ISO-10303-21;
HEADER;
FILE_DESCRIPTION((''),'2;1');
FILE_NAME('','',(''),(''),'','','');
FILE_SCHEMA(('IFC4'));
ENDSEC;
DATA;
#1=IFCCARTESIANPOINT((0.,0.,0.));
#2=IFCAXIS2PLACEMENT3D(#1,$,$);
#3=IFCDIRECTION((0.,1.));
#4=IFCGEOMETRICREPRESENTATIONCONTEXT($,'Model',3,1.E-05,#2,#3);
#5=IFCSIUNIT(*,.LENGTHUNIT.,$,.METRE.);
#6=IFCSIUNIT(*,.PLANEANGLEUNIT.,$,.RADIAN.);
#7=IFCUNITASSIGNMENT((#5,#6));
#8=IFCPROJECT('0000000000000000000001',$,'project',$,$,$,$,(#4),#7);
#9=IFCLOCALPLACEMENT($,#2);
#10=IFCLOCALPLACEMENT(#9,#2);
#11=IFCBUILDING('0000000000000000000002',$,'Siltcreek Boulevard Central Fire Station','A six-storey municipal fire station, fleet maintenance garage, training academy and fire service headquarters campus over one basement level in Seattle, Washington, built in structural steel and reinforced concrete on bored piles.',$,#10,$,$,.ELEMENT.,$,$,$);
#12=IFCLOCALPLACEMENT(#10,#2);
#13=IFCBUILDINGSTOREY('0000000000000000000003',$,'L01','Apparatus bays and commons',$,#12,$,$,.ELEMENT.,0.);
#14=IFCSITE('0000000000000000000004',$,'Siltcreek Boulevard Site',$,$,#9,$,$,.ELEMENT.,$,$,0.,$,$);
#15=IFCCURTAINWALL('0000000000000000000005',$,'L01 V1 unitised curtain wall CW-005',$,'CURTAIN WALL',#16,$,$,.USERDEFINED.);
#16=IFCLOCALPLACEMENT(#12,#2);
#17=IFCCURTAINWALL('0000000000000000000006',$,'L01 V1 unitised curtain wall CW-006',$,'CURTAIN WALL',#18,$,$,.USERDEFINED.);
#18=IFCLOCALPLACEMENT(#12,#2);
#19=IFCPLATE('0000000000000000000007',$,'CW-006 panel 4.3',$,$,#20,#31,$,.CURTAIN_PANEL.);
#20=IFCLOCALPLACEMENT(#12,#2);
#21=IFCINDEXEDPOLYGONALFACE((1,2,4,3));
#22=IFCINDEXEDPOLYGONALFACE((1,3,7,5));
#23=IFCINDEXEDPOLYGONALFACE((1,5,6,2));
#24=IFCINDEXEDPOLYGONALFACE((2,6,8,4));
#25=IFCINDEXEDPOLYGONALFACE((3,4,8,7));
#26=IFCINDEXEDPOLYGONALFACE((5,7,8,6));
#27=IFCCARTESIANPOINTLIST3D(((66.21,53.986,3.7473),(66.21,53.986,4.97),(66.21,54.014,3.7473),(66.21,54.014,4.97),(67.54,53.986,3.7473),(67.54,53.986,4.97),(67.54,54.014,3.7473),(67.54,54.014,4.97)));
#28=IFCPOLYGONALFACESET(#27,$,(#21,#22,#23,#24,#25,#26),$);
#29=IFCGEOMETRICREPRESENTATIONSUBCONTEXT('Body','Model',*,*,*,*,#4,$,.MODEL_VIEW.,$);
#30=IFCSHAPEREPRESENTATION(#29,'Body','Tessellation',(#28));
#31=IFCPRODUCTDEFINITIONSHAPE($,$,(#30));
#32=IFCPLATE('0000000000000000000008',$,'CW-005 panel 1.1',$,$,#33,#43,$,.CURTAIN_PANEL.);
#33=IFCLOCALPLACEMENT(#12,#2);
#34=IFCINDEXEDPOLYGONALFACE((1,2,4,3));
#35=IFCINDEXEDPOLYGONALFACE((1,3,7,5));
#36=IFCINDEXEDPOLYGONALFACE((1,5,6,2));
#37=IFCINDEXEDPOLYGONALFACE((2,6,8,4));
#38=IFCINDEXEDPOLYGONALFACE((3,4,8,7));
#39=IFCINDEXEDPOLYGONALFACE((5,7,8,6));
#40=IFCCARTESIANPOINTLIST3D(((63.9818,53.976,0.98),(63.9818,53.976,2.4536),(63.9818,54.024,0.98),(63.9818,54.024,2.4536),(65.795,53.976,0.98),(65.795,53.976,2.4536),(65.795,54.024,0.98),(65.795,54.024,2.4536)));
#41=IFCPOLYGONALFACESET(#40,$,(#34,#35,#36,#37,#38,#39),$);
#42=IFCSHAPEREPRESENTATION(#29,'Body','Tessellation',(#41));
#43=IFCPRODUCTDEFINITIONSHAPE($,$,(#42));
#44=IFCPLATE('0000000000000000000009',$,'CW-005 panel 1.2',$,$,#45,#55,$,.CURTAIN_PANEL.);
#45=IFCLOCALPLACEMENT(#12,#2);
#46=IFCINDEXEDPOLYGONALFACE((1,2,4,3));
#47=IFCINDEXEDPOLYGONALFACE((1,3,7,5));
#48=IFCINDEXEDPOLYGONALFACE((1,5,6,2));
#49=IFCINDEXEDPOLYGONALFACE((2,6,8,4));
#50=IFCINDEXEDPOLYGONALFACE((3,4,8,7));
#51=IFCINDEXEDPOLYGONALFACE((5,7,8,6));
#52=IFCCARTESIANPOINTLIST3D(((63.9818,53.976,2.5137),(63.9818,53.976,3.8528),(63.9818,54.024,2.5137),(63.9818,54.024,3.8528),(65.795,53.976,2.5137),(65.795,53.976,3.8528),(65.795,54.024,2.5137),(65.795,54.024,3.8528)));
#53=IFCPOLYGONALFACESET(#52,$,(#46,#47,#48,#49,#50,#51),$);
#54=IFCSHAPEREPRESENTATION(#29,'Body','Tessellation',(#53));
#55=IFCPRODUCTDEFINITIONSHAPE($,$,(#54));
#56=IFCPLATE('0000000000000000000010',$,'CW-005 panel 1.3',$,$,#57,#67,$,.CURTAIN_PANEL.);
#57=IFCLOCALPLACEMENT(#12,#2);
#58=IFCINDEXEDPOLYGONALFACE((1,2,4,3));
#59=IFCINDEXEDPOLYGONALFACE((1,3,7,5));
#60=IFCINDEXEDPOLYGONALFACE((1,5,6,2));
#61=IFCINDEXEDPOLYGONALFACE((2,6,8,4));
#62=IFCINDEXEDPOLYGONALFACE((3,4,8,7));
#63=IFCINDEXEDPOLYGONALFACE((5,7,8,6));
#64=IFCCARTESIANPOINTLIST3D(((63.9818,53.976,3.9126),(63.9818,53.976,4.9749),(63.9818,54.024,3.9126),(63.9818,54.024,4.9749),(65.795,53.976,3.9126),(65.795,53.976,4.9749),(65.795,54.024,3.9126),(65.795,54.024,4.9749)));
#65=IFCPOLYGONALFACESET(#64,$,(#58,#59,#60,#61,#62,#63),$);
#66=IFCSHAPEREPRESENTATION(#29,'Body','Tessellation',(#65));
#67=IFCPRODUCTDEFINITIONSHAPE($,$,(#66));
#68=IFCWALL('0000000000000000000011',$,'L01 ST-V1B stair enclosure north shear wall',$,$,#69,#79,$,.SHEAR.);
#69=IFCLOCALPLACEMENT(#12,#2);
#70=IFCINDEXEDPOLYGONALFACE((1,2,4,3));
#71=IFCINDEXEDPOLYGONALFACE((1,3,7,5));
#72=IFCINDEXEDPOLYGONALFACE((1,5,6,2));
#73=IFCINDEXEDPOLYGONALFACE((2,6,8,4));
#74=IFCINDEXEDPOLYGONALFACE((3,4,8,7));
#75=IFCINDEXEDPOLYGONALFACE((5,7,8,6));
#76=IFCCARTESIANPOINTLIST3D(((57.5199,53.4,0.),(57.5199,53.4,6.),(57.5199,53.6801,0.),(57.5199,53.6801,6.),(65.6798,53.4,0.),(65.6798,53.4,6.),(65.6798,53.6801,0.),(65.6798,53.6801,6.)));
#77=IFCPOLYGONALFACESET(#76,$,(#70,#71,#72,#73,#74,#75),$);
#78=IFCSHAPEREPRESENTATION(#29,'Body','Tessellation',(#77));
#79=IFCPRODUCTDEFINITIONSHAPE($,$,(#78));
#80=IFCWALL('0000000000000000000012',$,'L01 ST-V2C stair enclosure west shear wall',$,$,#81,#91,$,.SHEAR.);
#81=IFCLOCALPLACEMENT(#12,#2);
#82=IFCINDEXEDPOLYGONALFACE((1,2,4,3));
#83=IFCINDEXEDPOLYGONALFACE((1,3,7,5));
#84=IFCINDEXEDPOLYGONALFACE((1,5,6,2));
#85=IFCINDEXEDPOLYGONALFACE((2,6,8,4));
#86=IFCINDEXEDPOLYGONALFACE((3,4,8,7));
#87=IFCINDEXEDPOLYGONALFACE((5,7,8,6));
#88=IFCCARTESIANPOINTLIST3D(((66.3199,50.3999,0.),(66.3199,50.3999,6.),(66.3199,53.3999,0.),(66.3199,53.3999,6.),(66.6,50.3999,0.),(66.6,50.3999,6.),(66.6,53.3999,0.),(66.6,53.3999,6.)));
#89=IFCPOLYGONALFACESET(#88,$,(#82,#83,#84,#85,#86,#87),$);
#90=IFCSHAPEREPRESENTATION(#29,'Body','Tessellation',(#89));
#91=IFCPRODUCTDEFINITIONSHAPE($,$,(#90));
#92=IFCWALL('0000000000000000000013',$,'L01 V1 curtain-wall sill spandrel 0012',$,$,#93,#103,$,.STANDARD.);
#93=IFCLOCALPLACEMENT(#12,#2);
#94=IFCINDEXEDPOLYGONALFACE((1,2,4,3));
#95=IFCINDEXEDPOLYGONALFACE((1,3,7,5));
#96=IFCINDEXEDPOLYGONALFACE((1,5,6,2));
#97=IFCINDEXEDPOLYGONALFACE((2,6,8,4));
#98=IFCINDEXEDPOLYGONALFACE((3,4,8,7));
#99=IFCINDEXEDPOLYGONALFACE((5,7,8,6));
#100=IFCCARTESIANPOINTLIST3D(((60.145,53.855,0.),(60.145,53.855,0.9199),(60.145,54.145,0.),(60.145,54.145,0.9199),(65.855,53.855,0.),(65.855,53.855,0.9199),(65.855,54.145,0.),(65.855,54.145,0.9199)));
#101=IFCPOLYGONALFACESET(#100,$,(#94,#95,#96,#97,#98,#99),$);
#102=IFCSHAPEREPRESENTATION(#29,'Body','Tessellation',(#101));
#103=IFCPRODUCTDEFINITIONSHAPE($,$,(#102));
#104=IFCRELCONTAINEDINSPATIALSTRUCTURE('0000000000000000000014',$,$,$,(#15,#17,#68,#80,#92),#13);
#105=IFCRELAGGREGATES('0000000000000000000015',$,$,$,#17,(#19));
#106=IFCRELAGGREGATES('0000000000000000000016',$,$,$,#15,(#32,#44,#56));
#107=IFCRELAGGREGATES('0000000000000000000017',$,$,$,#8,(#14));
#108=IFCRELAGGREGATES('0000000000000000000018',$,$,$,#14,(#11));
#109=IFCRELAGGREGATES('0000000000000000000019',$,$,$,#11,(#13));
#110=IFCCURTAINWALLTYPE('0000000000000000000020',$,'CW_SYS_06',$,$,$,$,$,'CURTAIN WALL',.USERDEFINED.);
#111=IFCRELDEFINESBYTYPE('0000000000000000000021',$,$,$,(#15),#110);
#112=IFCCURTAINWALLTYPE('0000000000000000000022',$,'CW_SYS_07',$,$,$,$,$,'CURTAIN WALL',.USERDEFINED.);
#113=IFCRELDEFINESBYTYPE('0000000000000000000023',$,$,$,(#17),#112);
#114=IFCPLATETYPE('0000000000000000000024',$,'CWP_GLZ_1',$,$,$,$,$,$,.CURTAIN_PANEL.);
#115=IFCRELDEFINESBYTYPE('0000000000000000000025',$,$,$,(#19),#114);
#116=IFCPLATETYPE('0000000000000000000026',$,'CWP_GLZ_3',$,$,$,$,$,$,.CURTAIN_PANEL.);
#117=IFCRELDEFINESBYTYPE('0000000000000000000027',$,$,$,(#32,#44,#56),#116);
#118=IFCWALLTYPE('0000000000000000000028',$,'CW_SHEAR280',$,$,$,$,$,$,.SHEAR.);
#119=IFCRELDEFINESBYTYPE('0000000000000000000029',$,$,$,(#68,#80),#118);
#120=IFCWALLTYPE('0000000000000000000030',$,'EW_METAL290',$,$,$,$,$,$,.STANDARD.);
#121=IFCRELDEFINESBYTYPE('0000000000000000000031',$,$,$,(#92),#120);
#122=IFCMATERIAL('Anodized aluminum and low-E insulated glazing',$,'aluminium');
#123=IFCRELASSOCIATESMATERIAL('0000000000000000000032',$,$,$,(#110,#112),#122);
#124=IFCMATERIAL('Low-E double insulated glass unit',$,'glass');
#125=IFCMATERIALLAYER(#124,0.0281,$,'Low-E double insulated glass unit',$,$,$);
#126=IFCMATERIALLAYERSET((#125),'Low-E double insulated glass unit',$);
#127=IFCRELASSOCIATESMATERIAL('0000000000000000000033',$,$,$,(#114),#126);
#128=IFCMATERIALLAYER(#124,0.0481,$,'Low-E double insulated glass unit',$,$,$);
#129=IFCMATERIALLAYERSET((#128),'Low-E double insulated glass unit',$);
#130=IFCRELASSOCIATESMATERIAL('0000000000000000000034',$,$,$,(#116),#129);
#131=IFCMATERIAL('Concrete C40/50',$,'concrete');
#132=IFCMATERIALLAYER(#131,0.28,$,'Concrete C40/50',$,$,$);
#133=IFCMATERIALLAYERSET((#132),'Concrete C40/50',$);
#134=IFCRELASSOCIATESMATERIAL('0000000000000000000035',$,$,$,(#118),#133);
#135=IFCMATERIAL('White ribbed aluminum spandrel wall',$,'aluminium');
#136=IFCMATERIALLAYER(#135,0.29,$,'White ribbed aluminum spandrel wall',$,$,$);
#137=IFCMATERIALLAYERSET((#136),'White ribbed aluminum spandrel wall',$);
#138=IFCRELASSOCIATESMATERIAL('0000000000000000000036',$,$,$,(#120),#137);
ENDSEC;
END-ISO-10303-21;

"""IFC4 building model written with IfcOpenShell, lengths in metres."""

from ifc_helpers import new_model, si_unit, direction, frame, frame_2d, origin, origin_2d, place, context, subcontext, project, spatial, rectangle, extrude, material, layer, layer_set, type_object, element, aggregate, save


model = new_model("IFC4")

# Units and contexts
model_context = context("Model", 3, precision=1e-05, world=origin(), true_north=direction((0.0, 1.0)))
body_context = subcontext(model_context, "Body", "Model", "MODEL_VIEW")
ifc_project = project(units=[si_unit("LENGTHUNIT", "METRE"), si_unit("PLANEANGLEUNIT", "RADIAN")], contexts=[model_context])

# Site, building, storey
site_placement = place(None, origin())
site = spatial("IfcSite", under=ifc_project, at=site_placement, Name="Siltcreek Boulevard Site", CompositionType="ELEMENT", RefElevation=0.0)
building_placement = place(site_placement, origin())
building = spatial("IfcBuilding", under=site, at=building_placement, Name="Siltcreek Boulevard Central Fire Station", Description="A six-storey municipal fire station, fleet maintenance garage, training academy and fire service headquarters campus over one basement level in Seattle, Washington, built in structural steel and reinforced concrete on bored piles.", CompositionType="ELEMENT")
storey_placement = place(building_placement, origin())
storey = spatial("IfcBuildingStorey", under=building, at=storey_placement, Name="L01", Description="Apparatus bays and commons", CompositionType="ELEMENT", Elevation=0.0)

# Curtain walls
ifc_material_1 = material(Name="Anodized aluminum and low-E insulated glazing", Category="aluminium")
curtain_wall_type_1 = type_object("IfcCurtainWallType", Name="CW_SYS_06", ElementType="CURTAIN WALL", PredefinedType="USERDEFINED", material=ifc_material_1)
curtain_wall_1_placement = place(storey_placement, origin())
curtain_wall_1 = element("IfcCurtainWall", 1, at=curtain_wall_1_placement, inside=storey, type_object=curtain_wall_type_1, Name="L01 V1 unitised curtain wall CW-005", ObjectType="CURTAIN WALL", PredefinedType="USERDEFINED")
curtain_wall_type_2 = type_object("IfcCurtainWallType", Name="CW_SYS_07", ElementType="CURTAIN WALL", PredefinedType="USERDEFINED", material=ifc_material_1)
curtain_wall_2_placement = place(storey_placement, origin())
curtain_wall_2 = element("IfcCurtainWall", 2, at=curtain_wall_2_placement, inside=storey, type_object=curtain_wall_type_2, Name="L01 V1 unitised curtain wall CW-006", ObjectType="CURTAIN WALL", PredefinedType="USERDEFINED")

# Plates
ifc_material_2 = material(Name="Low-E double insulated glass unit", Category="glass")
ifc_layer_1 = layer(ifc_material_2, 0.0281, Name="Low-E double insulated glass unit")
ifc_layer_set_1 = layer_set([ifc_layer_1], Name="Low-E double insulated glass unit")
plate_type_1 = type_object("IfcPlateType", Name="CWP_GLZ_1", PredefinedType="CURTAIN_PANEL", material=ifc_layer_set_1)
plate_1_placement = place(storey_placement, frame((66.875, 54.0, 3.7473), z_axis=(0.0, 0.0, 1.0), x_axis=(-1.0, 0.0, 0.0)))
plate_1 = element("IfcPlate", 3, at=plate_1_placement, type_object=plate_type_1, Name="CW-006 panel 4.3", PredefinedType="CURTAIN_PANEL", context=body_context, shape_type="SweptSolid", body=[
    extrude(rectangle(XDim=1.3301, YDim=0.0281, at=origin_2d()), origin(), (0.0, 0.0, 1.0), 1.2227),
])
aggregate(curtain_wall_2, [plate_1])
ifc_layer_2 = layer(ifc_material_2, 0.0481, Name="Low-E double insulated glass unit")
ifc_layer_set_2 = layer_set([ifc_layer_2], Name="Low-E double insulated glass unit")
plate_type_2 = type_object("IfcPlateType", Name="CWP_GLZ_3", PredefinedType="CURTAIN_PANEL", material=ifc_layer_set_2)
plate_2_placement = place(storey_placement, frame((64.8884, 54.0, 0.98), z_axis=(0.0, 0.0, 1.0), x_axis=(-1.0, 0.0, 0.0)))
plate_2 = element("IfcPlate", 4, at=plate_2_placement, type_object=plate_type_2, Name="CW-005 panel 1.1", PredefinedType="CURTAIN_PANEL", context=body_context, shape_type="SweptSolid", body=[
    extrude(rectangle(XDim=1.8132, YDim=0.0481, at=origin_2d()), origin(), (0.0, 0.0, 1.0), 1.4736),
])
plate_3_placement = place(storey_placement, frame((64.8884, 54.0, 2.5137), z_axis=(0.0, 0.0, 1.0), x_axis=(-1.0, 0.0, 0.0)))
plate_3 = element("IfcPlate", 5, at=plate_3_placement, type_object=plate_type_2, Name="CW-005 panel 1.2", PredefinedType="CURTAIN_PANEL", context=body_context, shape_type="SweptSolid", body=[
    extrude(rectangle(XDim=1.8132, YDim=0.0481, at=origin_2d()), origin(), (0.0, 0.0, 1.0), 1.3391),
])
plate_4_placement = place(storey_placement, frame((64.8884, 54.0, 3.9126), z_axis=(0.0, 0.0, 1.0), x_axis=(-1.0, 0.0, 0.0)))
plate_4 = element("IfcPlate", 6, at=plate_4_placement, type_object=plate_type_2, Name="CW-005 panel 1.3", PredefinedType="CURTAIN_PANEL", context=body_context, shape_type="SweptSolid", body=[
    extrude(rectangle(XDim=1.8132, YDim=0.0481, at=origin_2d()), origin(), (0.0, 0.0, 1.0), 1.0623),
])
aggregate(curtain_wall_1, [plate_2, plate_3, plate_4])

# Walls
ifc_material_3 = material(Name="Concrete C40/50", Category="concrete")
ifc_layer_3 = layer(ifc_material_3, 0.28, Name="Concrete C40/50")
ifc_layer_set_3 = layer_set([ifc_layer_3], Name="Concrete C40/50")
wall_type_1 = type_object("IfcWallType", Name="CW_SHEAR280", PredefinedType="SHEAR", material=ifc_layer_set_3)
wall_1_placement = place(storey_placement, frame((65.6799, 53.54, 0.0), z_axis=(0.0, 0.0, 1.0), x_axis=(-1.0, 0.0, 0.0)))
element("IfcWall", 7, at=wall_1_placement, inside=storey, type_object=wall_type_1, Name="L01 ST-V1B stair enclosure north shear wall", PredefinedType="SHEAR", context=body_context, shape_type="SweptSolid", body=[
    extrude(rectangle(XDim=8.1599, YDim=0.28, at=frame_2d((4.0801, 0.0))), origin(), (0.0, 0.0, 1.0), 6.0),
])
wall_2_placement = place(storey_placement, frame((66.46, 53.3999, 0.0), z_axis=(0.0, 0.0, 1.0), x_axis=(0.0, -1.0, 0.0)))
element("IfcWall", 8, at=wall_2_placement, inside=storey, type_object=wall_type_1, Name="L01 ST-V2C stair enclosure west shear wall", PredefinedType="SHEAR", context=body_context, shape_type="SweptSolid", body=[
    extrude(rectangle(XDim=3.0, YDim=0.28, at=frame_2d((1.5, 0.0))), origin(), (0.0, 0.0, 1.0), 6.0),
])
ifc_material_4 = material(Name="White ribbed aluminum spandrel wall", Category="aluminium")
ifc_layer_4 = layer(ifc_material_4, 0.29, Name="White ribbed aluminum spandrel wall")
ifc_layer_set_4 = layer_set([ifc_layer_4], Name="White ribbed aluminum spandrel wall")
wall_type_2 = type_object("IfcWallType", Name="EW_METAL290", PredefinedType="STANDARD", material=ifc_layer_set_4)
wall_3_placement = place(storey_placement, frame((65.855, 54.0, 0.0), z_axis=(0.0, 0.0, 1.0), x_axis=(-1.0, 0.0, 0.0)))
element("IfcWall", 9, at=wall_3_placement, inside=storey, type_object=wall_type_2, Name="L01 V1 curtain-wall sill spandrel 0012", PredefinedType="STANDARD", context=body_context, shape_type="SweptSolid", body=[
    extrude(rectangle(XDim=5.71, YDim=0.29, at=frame_2d((2.855, 0.0))), origin(), (0.0, 0.0, 1.0), 0.9199),
])

save(model, "model.ifc")
